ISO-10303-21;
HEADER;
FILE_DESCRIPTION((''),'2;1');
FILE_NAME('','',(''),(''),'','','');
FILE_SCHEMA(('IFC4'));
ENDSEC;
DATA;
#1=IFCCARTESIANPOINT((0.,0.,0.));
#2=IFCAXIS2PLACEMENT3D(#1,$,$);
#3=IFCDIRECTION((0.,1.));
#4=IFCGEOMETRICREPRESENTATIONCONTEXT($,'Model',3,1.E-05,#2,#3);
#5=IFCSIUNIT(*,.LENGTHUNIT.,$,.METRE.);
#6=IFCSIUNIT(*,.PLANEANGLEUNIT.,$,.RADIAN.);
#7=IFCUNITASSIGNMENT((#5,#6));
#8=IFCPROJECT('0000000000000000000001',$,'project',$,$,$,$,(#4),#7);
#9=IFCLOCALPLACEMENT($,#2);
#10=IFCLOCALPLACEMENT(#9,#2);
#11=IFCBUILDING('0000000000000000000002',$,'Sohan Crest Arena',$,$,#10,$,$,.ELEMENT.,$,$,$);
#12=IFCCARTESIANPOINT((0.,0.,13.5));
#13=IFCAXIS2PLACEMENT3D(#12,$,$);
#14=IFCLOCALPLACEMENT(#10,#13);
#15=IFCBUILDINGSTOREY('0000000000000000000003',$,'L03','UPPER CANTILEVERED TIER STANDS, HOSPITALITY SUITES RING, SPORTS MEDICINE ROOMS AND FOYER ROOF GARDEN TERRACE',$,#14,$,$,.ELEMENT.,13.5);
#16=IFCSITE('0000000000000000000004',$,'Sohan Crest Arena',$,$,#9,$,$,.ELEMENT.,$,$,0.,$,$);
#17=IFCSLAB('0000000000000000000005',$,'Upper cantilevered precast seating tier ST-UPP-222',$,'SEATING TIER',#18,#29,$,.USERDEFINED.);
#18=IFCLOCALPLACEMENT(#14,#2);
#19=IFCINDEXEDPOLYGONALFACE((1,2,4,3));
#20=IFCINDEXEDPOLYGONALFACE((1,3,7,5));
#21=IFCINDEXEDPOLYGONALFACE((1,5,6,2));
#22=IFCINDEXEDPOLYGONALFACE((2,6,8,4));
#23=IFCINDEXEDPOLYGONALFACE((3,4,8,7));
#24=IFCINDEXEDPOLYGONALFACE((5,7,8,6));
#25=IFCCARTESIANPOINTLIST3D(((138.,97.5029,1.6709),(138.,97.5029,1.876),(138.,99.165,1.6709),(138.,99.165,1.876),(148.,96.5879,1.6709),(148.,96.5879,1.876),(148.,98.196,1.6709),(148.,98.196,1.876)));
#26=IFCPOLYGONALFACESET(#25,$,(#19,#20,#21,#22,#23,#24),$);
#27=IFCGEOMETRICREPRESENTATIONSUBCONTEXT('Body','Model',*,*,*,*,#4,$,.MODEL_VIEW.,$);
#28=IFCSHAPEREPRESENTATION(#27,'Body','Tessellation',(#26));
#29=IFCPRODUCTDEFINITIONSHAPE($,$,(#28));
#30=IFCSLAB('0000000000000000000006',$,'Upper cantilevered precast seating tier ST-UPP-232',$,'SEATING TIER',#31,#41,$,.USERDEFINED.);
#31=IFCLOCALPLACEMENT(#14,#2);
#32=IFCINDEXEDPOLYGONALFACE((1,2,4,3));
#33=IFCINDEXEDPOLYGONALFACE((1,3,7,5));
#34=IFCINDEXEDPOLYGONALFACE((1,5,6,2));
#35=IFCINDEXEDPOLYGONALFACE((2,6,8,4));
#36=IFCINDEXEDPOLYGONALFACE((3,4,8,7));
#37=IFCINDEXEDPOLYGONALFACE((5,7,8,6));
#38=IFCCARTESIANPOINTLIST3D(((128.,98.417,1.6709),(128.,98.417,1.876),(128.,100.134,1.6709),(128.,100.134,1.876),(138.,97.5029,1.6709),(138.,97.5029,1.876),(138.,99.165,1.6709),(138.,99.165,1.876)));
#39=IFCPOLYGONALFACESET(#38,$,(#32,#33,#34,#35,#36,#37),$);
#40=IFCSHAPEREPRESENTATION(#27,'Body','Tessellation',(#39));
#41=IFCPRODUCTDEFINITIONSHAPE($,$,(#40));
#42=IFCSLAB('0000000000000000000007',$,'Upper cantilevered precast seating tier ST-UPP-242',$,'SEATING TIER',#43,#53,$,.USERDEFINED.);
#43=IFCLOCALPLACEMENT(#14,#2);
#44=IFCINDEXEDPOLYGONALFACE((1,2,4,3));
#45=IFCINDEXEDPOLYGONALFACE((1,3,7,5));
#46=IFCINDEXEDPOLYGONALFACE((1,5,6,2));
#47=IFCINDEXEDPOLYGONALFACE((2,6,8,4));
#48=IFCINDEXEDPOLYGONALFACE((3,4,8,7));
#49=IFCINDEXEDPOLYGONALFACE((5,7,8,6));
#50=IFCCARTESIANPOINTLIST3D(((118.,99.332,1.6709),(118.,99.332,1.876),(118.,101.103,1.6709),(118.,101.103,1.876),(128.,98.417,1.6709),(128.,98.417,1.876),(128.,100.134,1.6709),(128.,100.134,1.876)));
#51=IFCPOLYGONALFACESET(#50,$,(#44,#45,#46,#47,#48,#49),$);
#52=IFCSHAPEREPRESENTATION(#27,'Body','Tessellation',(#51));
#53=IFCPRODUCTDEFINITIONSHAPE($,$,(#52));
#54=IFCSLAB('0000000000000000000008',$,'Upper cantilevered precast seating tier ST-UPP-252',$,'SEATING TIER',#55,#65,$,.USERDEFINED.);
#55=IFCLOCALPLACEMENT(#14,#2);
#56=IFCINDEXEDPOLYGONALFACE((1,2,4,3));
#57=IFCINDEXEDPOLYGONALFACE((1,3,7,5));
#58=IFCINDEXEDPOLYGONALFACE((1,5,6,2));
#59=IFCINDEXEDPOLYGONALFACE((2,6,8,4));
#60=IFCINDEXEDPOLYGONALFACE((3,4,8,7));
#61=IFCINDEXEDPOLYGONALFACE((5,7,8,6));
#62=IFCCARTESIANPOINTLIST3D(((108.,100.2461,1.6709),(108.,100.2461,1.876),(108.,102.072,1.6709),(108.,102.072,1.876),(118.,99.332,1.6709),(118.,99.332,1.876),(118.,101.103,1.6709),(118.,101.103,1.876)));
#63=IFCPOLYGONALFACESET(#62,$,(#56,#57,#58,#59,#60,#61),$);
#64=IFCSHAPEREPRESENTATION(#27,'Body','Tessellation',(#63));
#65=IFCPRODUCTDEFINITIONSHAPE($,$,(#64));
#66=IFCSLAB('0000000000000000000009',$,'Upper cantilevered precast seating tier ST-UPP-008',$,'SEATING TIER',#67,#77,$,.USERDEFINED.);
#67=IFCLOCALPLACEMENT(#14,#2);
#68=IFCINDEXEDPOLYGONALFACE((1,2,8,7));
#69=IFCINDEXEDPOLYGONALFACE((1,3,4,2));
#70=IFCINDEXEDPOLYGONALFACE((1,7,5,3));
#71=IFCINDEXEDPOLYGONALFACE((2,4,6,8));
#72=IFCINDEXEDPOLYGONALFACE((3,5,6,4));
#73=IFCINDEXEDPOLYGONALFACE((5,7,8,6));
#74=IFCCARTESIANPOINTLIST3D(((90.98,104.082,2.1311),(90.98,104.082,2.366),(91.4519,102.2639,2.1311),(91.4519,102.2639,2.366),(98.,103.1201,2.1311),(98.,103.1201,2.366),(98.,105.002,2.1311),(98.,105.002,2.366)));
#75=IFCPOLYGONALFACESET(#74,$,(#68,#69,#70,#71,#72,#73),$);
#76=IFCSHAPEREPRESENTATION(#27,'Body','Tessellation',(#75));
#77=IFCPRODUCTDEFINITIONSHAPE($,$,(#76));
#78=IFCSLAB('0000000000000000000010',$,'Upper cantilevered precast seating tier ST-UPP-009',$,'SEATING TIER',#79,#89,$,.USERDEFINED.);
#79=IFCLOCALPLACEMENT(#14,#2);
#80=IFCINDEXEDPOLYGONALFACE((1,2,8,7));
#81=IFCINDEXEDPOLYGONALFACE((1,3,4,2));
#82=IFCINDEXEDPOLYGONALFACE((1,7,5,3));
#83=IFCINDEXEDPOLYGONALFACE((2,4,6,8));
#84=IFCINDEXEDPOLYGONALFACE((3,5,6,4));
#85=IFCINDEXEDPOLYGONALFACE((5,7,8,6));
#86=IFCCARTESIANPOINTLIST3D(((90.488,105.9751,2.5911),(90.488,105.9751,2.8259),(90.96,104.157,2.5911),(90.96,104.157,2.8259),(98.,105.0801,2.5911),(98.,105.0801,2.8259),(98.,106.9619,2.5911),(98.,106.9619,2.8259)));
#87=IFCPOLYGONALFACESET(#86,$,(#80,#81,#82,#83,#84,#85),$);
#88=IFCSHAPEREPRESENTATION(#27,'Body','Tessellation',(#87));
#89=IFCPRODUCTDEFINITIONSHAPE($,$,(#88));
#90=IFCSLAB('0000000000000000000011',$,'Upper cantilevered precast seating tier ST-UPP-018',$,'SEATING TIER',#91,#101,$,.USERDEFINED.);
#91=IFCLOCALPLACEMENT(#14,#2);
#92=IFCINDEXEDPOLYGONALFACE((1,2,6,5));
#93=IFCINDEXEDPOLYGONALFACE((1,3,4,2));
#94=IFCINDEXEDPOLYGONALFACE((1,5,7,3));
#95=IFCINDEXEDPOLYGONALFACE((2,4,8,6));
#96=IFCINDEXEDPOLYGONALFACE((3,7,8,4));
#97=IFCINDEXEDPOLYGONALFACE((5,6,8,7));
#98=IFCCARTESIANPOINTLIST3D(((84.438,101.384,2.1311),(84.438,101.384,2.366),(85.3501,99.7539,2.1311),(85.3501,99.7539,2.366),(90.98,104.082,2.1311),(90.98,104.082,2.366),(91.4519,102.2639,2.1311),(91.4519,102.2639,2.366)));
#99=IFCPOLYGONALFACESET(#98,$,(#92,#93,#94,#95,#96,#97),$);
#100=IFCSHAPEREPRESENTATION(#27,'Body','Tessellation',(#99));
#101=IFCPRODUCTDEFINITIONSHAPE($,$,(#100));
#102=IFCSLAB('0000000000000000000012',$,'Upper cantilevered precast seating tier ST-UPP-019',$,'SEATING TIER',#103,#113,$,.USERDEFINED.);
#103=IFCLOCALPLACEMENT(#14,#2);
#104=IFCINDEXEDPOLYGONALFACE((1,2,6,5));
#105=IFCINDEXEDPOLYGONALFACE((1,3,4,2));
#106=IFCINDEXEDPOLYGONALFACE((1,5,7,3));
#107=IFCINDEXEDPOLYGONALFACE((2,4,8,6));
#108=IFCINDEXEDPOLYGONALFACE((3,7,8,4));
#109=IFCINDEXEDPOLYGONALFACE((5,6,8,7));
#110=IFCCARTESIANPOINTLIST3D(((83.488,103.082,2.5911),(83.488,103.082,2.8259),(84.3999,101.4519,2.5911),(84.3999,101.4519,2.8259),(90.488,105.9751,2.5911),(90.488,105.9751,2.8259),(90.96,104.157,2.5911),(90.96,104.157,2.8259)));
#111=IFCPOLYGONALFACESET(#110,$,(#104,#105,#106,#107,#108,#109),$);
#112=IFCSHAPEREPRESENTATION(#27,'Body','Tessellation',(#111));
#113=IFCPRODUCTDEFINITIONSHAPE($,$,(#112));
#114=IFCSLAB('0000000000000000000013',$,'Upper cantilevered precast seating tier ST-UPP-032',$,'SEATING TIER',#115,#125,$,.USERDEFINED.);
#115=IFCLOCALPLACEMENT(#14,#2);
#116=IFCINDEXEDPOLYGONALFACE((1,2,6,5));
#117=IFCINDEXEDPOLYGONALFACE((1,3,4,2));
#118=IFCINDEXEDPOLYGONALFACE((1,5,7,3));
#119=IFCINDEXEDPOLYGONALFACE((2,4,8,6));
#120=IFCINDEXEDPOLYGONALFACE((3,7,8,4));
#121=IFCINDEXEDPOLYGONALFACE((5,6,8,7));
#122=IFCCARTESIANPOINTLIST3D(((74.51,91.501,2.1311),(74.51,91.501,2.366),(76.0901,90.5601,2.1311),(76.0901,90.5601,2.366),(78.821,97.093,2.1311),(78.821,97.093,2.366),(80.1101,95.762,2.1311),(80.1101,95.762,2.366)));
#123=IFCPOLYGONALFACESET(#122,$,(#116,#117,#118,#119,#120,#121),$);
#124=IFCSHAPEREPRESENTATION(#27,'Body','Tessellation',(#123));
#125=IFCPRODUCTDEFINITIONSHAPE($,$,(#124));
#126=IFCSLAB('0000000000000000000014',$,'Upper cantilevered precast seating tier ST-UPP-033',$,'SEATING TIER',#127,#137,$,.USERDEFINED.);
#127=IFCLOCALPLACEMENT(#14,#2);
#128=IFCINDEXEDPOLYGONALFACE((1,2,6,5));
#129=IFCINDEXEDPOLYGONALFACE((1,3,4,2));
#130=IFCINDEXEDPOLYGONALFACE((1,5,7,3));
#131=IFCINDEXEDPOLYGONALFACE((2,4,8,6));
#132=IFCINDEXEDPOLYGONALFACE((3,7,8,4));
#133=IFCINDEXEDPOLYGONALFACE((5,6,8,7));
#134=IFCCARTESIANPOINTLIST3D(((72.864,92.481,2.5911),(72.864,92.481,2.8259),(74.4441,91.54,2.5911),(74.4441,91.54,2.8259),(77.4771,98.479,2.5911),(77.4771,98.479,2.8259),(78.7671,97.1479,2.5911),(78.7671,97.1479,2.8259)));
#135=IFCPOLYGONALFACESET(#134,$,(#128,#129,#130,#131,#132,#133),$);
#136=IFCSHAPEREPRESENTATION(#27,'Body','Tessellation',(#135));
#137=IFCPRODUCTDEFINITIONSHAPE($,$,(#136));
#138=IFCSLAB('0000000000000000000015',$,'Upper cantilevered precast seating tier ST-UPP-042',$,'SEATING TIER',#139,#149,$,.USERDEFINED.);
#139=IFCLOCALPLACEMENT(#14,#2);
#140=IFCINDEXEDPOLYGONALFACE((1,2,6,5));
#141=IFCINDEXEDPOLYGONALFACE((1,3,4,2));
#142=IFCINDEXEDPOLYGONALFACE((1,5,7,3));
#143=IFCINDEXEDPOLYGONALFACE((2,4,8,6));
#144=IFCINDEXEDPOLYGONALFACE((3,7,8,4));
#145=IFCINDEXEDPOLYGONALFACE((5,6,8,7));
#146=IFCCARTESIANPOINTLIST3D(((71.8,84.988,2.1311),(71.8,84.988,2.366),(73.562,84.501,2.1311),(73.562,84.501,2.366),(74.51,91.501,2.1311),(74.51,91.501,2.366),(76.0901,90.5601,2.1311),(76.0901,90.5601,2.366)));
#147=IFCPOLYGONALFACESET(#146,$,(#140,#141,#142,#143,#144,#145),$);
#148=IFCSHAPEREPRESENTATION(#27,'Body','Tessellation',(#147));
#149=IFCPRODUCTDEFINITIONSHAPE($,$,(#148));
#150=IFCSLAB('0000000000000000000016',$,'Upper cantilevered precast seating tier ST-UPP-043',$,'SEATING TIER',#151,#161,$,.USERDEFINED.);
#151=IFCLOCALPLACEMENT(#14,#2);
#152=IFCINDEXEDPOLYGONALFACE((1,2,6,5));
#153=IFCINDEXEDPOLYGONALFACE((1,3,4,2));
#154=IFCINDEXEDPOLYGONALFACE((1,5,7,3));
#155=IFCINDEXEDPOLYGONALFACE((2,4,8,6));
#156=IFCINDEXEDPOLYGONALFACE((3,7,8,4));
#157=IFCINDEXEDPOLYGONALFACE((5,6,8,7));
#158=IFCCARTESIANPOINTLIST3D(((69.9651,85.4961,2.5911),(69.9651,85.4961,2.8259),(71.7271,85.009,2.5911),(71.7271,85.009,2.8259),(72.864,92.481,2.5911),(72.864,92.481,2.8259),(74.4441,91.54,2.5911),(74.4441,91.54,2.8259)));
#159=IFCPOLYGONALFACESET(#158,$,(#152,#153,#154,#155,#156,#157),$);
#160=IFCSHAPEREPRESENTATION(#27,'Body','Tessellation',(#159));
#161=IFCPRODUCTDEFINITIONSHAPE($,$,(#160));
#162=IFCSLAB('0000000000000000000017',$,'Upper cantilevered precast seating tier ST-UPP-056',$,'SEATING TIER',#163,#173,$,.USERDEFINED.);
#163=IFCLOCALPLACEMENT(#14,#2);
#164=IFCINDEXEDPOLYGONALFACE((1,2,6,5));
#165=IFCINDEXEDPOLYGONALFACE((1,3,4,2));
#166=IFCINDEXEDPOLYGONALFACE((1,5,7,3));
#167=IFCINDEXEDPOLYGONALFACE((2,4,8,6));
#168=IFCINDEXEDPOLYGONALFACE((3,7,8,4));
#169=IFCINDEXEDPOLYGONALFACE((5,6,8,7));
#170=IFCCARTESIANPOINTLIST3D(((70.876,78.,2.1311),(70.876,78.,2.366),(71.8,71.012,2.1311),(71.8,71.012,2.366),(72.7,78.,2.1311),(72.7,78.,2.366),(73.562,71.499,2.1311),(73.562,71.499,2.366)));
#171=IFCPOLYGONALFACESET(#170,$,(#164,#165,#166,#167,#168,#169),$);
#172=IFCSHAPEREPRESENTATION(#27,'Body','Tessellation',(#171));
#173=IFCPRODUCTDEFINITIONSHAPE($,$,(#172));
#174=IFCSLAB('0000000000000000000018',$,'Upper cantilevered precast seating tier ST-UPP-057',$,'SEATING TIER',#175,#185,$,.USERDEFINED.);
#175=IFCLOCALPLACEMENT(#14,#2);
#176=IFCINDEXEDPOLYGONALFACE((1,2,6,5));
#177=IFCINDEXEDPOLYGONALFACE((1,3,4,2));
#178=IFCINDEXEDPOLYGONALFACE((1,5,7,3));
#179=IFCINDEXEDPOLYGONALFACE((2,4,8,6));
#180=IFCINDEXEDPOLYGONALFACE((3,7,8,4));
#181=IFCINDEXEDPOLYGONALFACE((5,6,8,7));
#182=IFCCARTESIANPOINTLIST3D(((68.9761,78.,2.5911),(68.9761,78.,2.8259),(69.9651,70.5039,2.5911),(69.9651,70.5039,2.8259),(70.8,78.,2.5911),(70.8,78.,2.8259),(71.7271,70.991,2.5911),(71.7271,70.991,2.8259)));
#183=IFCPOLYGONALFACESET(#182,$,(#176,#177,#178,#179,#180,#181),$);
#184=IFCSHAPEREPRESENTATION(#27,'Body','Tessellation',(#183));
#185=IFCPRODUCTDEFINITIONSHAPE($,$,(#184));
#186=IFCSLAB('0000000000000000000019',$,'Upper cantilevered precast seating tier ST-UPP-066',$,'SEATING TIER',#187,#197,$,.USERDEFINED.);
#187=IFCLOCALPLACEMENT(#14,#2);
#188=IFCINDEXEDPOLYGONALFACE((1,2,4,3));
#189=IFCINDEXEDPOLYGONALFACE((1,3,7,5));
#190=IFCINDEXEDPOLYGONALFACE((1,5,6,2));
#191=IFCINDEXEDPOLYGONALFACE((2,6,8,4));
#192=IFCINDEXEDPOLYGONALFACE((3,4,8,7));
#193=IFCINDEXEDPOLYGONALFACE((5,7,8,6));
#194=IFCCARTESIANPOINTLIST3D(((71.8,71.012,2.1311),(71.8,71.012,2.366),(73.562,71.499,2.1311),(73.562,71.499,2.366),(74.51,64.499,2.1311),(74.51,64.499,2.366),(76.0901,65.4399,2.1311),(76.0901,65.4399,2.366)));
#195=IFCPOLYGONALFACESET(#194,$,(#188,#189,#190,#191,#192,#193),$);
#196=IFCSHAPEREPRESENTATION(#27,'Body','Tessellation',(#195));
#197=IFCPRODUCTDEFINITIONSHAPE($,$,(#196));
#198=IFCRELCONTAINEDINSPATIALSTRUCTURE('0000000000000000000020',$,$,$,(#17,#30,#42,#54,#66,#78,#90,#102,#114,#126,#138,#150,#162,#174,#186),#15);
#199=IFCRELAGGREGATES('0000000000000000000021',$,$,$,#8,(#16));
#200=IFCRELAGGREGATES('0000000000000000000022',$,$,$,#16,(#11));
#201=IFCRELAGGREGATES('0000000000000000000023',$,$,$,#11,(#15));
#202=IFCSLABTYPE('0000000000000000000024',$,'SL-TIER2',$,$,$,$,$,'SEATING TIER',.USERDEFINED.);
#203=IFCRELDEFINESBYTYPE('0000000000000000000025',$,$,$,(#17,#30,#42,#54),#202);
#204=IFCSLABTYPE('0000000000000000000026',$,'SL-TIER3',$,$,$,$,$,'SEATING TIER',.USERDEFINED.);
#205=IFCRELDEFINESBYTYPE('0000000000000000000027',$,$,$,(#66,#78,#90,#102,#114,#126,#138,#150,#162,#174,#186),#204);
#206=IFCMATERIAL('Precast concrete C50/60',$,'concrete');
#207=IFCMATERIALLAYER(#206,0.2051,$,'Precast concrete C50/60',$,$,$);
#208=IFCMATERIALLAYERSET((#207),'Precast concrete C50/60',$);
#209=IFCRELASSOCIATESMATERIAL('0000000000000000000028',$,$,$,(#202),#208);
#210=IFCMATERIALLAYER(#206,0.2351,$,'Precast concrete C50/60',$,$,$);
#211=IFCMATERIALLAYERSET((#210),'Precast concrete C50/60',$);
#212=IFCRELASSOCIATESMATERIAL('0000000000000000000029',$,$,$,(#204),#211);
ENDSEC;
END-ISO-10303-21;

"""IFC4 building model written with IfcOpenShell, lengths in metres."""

from ifc_helpers import new_model, si_unit, direction, frame, origin, place, context, subcontext, project, spatial, polyline, outline, extrude, material, layer, layer_set, type_object, element, save


model = new_model("IFC4")

# Units and contexts
model_context = context("Model", 3, precision=1e-05, world=origin(), true_north=direction((0.0, 1.0)))
body_context = subcontext(model_context, "Body", "Model", "MODEL_VIEW")
ifc_project = project(units=[si_unit("LENGTHUNIT", "METRE"), si_unit("PLANEANGLEUNIT", "RADIAN")], contexts=[model_context])

# Site, building, storey
site_placement = place(None, origin())
site = spatial("IfcSite", under=ifc_project, at=site_placement, Name="Sohan Crest Arena", CompositionType="ELEMENT", RefElevation=0.0)
building_placement = place(site_placement, origin())
building = spatial("IfcBuilding", under=site, at=building_placement, Name="Sohan Crest Arena", CompositionType="ELEMENT")
storey_placement = place(building_placement, frame((0.0, 0.0, 13.5)))
storey = spatial("IfcBuildingStorey", under=building, at=storey_placement, Name="L03", Description="UPPER CANTILEVERED TIER STANDS, HOSPITALITY SUITES RING, SPORTS MEDICINE ROOMS AND FOYER ROOF GARDEN TERRACE", CompositionType="ELEMENT", Elevation=13.5)

# Slabs
ifc_material = material(Name="Precast concrete C50/60", Category="concrete")
ifc_layer_1 = layer(ifc_material, 0.2051, Name="Precast concrete C50/60")
ifc_layer_set_1 = layer_set([ifc_layer_1], Name="Precast concrete C50/60")
slab_type_1 = type_object("IfcSlabType", Name="SL-TIER2", ElementType="SEATING TIER", PredefinedType="USERDEFINED", material=ifc_layer_set_1)
slab_1_placement = place(storey_placement, frame((0.0, 0.0, 1.6709)))
element("IfcSlab", 1, at=slab_1_placement, inside=storey, type_object=slab_type_1, Name="Upper cantilevered precast seating tier ST-UPP-222", ObjectType="SEATING TIER", PredefinedType="USERDEFINED", context=body_context, shape_type="SweptSolid", body=[
    extrude(outline(polyline([(148.0, 96.5879), (138.0, 97.5029), (138.0, 99.165), (148.0, 98.196), (148.0, 96.5879)])), origin(), (0.0, 0.0, 1.0), 0.2051),
])
slab_2_placement = place(storey_placement, frame((0.0, 0.0, 1.6709)))
element("IfcSlab", 2, at=slab_2_placement, inside=storey, type_object=slab_type_1, Name="Upper cantilevered precast seating tier ST-UPP-232", ObjectType="SEATING TIER", PredefinedType="USERDEFINED", context=body_context, shape_type="SweptSolid", body=[
    extrude(outline(polyline([(138.0, 97.5029), (128.0, 98.417), (128.0, 100.134), (138.0, 99.165), (138.0, 97.5029)])), origin(), (0.0, 0.0, 1.0), 0.2051),
])
slab_3_placement = place(storey_placement, frame((0.0, 0.0, 1.6709)))
element("IfcSlab", 3, at=slab_3_placement, inside=storey, type_object=slab_type_1, Name="Upper cantilevered precast seating tier ST-UPP-242", ObjectType="SEATING TIER", PredefinedType="USERDEFINED", context=body_context, shape_type="SweptSolid", body=[
    extrude(outline(polyline([(128.0, 98.417), (118.0, 99.332), (118.0, 101.103), (128.0, 100.134), (128.0, 98.417)])), origin(), (0.0, 0.0, 1.0), 0.2051),
])
slab_4_placement = place(storey_placement, frame((0.0, 0.0, 1.6709)))
element("IfcSlab", 4, at=slab_4_placement, inside=storey, type_object=slab_type_1, Name="Upper cantilevered precast seating tier ST-UPP-252", ObjectType="SEATING TIER", PredefinedType="USERDEFINED", context=body_context, shape_type="SweptSolid", body=[
    extrude(outline(polyline([(118.0, 99.332), (108.0, 100.2461), (108.0, 102.072), (118.0, 101.103), (118.0, 99.332)])), origin(), (0.0, 0.0, 1.0), 0.2051),
])
ifc_layer_2 = layer(ifc_material, 0.2351, Name="Precast concrete C50/60")
ifc_layer_set_2 = layer_set([ifc_layer_2], Name="Precast concrete C50/60")
slab_type_2 = type_object("IfcSlabType", Name="SL-TIER3", ElementType="SEATING TIER", PredefinedType="USERDEFINED", material=ifc_layer_set_2)
slab_5_placement = place(storey_placement, frame((0.0, 0.0, 2.1311)))
element("IfcSlab", 5, at=slab_5_placement, inside=storey, type_object=slab_type_2, Name="Upper cantilevered precast seating tier ST-UPP-008", ObjectType="SEATING TIER", PredefinedType="USERDEFINED", context=body_context, shape_type="SweptSolid", body=[
    extrude(outline(polyline([(98.0, 103.1201), (91.4519, 102.2639), (90.98, 104.082), (98.0, 105.002), (98.0, 103.1201)])), origin(), (0.0, 0.0, 1.0), 0.2349),
])
slab_6_placement = place(storey_placement, frame((0.0, 0.0, 2.5911)))
element("IfcSlab", 6, at=slab_6_placement, inside=storey, type_object=slab_type_2, Name="Upper cantilevered precast seating tier ST-UPP-009", ObjectType="SEATING TIER", PredefinedType="USERDEFINED", context=body_context, shape_type="SweptSolid", body=[
    extrude(outline(polyline([(98.0, 105.0801), (90.96, 104.157), (90.488, 105.9751), (98.0, 106.9619), (98.0, 105.0801)])), origin(), (0.0, 0.0, 1.0), 0.2349),
])
slab_7_placement = place(storey_placement, frame((0.0, 0.0, 2.1311)))
element("IfcSlab", 7, at=slab_7_placement, inside=storey, type_object=slab_type_2, Name="Upper cantilevered precast seating tier ST-UPP-018", ObjectType="SEATING TIER", PredefinedType="USERDEFINED", context=body_context, shape_type="SweptSolid", body=[
    extrude(outline(polyline([(91.4519, 102.2639), (85.3501, 99.7539), (84.438, 101.384), (90.98, 104.082), (91.4519, 102.2639)])), origin(), (0.0, 0.0, 1.0), 0.2349),
])
slab_8_placement = place(storey_placement, frame((0.0, 0.0, 2.5911)))
element("IfcSlab", 8, at=slab_8_placement, inside=storey, type_object=slab_type_2, Name="Upper cantilevered precast seating tier ST-UPP-019", ObjectType="SEATING TIER", PredefinedType="USERDEFINED", context=body_context, shape_type="SweptSolid", body=[
    extrude(outline(polyline([(90.96, 104.157), (84.3999, 101.4519), (83.488, 103.082), (90.488, 105.9751), (90.96, 104.157)])), origin(), (0.0, 0.0, 1.0), 0.2349),
])
slab_9_placement = place(storey_placement, frame((0.0, 0.0, 2.1311)))
element("IfcSlab", 9, at=slab_9_placement, inside=storey, type_object=slab_type_2, Name="Upper cantilevered precast seating tier ST-UPP-032", ObjectType="SEATING TIER", PredefinedType="USERDEFINED", context=body_context, shape_type="SweptSolid", body=[
    extrude(outline(polyline([(80.1101, 95.762), (76.0901, 90.5601), (74.51, 91.501), (78.821, 97.093), (80.1101, 95.762)])), origin(), (0.0, 0.0, 1.0), 0.2349),
])
slab_10_placement = place(storey_placement, frame((0.0, 0.0, 2.5911)))
element("IfcSlab", 10, at=slab_10_placement, inside=storey, type_object=slab_type_2, Name="Upper cantilevered precast seating tier ST-UPP-033", ObjectType="SEATING TIER", PredefinedType="USERDEFINED", context=body_context, shape_type="SweptSolid", body=[
    extrude(outline(polyline([(78.7671, 97.1479), (74.4441, 91.54), (72.864, 92.481), (77.4771, 98.479), (78.7671, 97.1479)])), origin(), (0.0, 0.0, 1.0), 0.2349),
])
slab_11_placement = place(storey_placement, frame((0.0, 0.0, 2.1311)))
element("IfcSlab", 11, at=slab_11_placement, inside=storey, type_object=slab_type_2, Name="Upper cantilevered precast seating tier ST-UPP-042", ObjectType="SEATING TIER", PredefinedType="USERDEFINED", context=body_context, shape_type="SweptSolid", body=[
    extrude(outline(polyline([(76.0901, 90.5601), (73.562, 84.501), (71.8, 84.988), (74.51, 91.501), (76.0901, 90.5601)])), origin(), (0.0, 0.0, 1.0), 0.2349),
])
slab_12_placement = place(storey_placement, frame((0.0, 0.0, 2.5911)))
element("IfcSlab", 12, at=slab_12_placement, inside=storey, type_object=slab_type_2, Name="Upper cantilevered precast seating tier ST-UPP-043", ObjectType="SEATING TIER", PredefinedType="USERDEFINED", context=body_context, shape_type="SweptSolid", body=[
    extrude(outline(polyline([(74.4441, 91.54), (71.7271, 85.009), (69.9651, 85.4961), (72.864, 92.481), (74.4441, 91.54)])), origin(), (0.0, 0.0, 1.0), 0.2349),
])
slab_13_placement = place(storey_placement, frame((0.0, 0.0, 2.1311)))
element("IfcSlab", 13, at=slab_13_placement, inside=storey, type_object=slab_type_2, Name="Upper cantilevered precast seating tier ST-UPP-056", ObjectType="SEATING TIER", PredefinedType="USERDEFINED", context=body_context, shape_type="SweptSolid", body=[
    extrude(outline(polyline([(72.7, 78.0), (73.562, 71.499), (71.8, 71.012), (70.876, 78.0), (72.7, 78.0)])), origin(), (0.0, 0.0, 1.0), 0.2349),
])
slab_14_placement = place(storey_placement, frame((0.0, 0.0, 2.5911)))
element("IfcSlab", 14, at=slab_14_placement, inside=storey, type_object=slab_type_2, Name="Upper cantilevered precast seating tier ST-UPP-057", ObjectType="SEATING TIER", PredefinedType="USERDEFINED", context=body_context, shape_type="SweptSolid", body=[
    extrude(outline(polyline([(70.8, 78.0), (71.7271, 70.991), (69.9651, 70.5039), (68.9761, 78.0), (70.8, 78.0)])), origin(), (0.0, 0.0, 1.0), 0.2349),
])
slab_15_placement = place(storey_placement, frame((0.0, 0.0, 2.1311)))
element("IfcSlab", 15, at=slab_15_placement, inside=storey, type_object=slab_type_2, Name="Upper cantilevered precast seating tier ST-UPP-066", ObjectType="SEATING TIER", PredefinedType="USERDEFINED", context=body_context, shape_type="SweptSolid", body=[
    extrude(outline(polyline([(73.562, 71.499), (76.0901, 65.4399), (74.51, 64.499), (71.8, 71.012), (73.562, 71.499)])), origin(), (0.0, 0.0, 1.0), 0.2349),
])

save(model, "model.ifc")
